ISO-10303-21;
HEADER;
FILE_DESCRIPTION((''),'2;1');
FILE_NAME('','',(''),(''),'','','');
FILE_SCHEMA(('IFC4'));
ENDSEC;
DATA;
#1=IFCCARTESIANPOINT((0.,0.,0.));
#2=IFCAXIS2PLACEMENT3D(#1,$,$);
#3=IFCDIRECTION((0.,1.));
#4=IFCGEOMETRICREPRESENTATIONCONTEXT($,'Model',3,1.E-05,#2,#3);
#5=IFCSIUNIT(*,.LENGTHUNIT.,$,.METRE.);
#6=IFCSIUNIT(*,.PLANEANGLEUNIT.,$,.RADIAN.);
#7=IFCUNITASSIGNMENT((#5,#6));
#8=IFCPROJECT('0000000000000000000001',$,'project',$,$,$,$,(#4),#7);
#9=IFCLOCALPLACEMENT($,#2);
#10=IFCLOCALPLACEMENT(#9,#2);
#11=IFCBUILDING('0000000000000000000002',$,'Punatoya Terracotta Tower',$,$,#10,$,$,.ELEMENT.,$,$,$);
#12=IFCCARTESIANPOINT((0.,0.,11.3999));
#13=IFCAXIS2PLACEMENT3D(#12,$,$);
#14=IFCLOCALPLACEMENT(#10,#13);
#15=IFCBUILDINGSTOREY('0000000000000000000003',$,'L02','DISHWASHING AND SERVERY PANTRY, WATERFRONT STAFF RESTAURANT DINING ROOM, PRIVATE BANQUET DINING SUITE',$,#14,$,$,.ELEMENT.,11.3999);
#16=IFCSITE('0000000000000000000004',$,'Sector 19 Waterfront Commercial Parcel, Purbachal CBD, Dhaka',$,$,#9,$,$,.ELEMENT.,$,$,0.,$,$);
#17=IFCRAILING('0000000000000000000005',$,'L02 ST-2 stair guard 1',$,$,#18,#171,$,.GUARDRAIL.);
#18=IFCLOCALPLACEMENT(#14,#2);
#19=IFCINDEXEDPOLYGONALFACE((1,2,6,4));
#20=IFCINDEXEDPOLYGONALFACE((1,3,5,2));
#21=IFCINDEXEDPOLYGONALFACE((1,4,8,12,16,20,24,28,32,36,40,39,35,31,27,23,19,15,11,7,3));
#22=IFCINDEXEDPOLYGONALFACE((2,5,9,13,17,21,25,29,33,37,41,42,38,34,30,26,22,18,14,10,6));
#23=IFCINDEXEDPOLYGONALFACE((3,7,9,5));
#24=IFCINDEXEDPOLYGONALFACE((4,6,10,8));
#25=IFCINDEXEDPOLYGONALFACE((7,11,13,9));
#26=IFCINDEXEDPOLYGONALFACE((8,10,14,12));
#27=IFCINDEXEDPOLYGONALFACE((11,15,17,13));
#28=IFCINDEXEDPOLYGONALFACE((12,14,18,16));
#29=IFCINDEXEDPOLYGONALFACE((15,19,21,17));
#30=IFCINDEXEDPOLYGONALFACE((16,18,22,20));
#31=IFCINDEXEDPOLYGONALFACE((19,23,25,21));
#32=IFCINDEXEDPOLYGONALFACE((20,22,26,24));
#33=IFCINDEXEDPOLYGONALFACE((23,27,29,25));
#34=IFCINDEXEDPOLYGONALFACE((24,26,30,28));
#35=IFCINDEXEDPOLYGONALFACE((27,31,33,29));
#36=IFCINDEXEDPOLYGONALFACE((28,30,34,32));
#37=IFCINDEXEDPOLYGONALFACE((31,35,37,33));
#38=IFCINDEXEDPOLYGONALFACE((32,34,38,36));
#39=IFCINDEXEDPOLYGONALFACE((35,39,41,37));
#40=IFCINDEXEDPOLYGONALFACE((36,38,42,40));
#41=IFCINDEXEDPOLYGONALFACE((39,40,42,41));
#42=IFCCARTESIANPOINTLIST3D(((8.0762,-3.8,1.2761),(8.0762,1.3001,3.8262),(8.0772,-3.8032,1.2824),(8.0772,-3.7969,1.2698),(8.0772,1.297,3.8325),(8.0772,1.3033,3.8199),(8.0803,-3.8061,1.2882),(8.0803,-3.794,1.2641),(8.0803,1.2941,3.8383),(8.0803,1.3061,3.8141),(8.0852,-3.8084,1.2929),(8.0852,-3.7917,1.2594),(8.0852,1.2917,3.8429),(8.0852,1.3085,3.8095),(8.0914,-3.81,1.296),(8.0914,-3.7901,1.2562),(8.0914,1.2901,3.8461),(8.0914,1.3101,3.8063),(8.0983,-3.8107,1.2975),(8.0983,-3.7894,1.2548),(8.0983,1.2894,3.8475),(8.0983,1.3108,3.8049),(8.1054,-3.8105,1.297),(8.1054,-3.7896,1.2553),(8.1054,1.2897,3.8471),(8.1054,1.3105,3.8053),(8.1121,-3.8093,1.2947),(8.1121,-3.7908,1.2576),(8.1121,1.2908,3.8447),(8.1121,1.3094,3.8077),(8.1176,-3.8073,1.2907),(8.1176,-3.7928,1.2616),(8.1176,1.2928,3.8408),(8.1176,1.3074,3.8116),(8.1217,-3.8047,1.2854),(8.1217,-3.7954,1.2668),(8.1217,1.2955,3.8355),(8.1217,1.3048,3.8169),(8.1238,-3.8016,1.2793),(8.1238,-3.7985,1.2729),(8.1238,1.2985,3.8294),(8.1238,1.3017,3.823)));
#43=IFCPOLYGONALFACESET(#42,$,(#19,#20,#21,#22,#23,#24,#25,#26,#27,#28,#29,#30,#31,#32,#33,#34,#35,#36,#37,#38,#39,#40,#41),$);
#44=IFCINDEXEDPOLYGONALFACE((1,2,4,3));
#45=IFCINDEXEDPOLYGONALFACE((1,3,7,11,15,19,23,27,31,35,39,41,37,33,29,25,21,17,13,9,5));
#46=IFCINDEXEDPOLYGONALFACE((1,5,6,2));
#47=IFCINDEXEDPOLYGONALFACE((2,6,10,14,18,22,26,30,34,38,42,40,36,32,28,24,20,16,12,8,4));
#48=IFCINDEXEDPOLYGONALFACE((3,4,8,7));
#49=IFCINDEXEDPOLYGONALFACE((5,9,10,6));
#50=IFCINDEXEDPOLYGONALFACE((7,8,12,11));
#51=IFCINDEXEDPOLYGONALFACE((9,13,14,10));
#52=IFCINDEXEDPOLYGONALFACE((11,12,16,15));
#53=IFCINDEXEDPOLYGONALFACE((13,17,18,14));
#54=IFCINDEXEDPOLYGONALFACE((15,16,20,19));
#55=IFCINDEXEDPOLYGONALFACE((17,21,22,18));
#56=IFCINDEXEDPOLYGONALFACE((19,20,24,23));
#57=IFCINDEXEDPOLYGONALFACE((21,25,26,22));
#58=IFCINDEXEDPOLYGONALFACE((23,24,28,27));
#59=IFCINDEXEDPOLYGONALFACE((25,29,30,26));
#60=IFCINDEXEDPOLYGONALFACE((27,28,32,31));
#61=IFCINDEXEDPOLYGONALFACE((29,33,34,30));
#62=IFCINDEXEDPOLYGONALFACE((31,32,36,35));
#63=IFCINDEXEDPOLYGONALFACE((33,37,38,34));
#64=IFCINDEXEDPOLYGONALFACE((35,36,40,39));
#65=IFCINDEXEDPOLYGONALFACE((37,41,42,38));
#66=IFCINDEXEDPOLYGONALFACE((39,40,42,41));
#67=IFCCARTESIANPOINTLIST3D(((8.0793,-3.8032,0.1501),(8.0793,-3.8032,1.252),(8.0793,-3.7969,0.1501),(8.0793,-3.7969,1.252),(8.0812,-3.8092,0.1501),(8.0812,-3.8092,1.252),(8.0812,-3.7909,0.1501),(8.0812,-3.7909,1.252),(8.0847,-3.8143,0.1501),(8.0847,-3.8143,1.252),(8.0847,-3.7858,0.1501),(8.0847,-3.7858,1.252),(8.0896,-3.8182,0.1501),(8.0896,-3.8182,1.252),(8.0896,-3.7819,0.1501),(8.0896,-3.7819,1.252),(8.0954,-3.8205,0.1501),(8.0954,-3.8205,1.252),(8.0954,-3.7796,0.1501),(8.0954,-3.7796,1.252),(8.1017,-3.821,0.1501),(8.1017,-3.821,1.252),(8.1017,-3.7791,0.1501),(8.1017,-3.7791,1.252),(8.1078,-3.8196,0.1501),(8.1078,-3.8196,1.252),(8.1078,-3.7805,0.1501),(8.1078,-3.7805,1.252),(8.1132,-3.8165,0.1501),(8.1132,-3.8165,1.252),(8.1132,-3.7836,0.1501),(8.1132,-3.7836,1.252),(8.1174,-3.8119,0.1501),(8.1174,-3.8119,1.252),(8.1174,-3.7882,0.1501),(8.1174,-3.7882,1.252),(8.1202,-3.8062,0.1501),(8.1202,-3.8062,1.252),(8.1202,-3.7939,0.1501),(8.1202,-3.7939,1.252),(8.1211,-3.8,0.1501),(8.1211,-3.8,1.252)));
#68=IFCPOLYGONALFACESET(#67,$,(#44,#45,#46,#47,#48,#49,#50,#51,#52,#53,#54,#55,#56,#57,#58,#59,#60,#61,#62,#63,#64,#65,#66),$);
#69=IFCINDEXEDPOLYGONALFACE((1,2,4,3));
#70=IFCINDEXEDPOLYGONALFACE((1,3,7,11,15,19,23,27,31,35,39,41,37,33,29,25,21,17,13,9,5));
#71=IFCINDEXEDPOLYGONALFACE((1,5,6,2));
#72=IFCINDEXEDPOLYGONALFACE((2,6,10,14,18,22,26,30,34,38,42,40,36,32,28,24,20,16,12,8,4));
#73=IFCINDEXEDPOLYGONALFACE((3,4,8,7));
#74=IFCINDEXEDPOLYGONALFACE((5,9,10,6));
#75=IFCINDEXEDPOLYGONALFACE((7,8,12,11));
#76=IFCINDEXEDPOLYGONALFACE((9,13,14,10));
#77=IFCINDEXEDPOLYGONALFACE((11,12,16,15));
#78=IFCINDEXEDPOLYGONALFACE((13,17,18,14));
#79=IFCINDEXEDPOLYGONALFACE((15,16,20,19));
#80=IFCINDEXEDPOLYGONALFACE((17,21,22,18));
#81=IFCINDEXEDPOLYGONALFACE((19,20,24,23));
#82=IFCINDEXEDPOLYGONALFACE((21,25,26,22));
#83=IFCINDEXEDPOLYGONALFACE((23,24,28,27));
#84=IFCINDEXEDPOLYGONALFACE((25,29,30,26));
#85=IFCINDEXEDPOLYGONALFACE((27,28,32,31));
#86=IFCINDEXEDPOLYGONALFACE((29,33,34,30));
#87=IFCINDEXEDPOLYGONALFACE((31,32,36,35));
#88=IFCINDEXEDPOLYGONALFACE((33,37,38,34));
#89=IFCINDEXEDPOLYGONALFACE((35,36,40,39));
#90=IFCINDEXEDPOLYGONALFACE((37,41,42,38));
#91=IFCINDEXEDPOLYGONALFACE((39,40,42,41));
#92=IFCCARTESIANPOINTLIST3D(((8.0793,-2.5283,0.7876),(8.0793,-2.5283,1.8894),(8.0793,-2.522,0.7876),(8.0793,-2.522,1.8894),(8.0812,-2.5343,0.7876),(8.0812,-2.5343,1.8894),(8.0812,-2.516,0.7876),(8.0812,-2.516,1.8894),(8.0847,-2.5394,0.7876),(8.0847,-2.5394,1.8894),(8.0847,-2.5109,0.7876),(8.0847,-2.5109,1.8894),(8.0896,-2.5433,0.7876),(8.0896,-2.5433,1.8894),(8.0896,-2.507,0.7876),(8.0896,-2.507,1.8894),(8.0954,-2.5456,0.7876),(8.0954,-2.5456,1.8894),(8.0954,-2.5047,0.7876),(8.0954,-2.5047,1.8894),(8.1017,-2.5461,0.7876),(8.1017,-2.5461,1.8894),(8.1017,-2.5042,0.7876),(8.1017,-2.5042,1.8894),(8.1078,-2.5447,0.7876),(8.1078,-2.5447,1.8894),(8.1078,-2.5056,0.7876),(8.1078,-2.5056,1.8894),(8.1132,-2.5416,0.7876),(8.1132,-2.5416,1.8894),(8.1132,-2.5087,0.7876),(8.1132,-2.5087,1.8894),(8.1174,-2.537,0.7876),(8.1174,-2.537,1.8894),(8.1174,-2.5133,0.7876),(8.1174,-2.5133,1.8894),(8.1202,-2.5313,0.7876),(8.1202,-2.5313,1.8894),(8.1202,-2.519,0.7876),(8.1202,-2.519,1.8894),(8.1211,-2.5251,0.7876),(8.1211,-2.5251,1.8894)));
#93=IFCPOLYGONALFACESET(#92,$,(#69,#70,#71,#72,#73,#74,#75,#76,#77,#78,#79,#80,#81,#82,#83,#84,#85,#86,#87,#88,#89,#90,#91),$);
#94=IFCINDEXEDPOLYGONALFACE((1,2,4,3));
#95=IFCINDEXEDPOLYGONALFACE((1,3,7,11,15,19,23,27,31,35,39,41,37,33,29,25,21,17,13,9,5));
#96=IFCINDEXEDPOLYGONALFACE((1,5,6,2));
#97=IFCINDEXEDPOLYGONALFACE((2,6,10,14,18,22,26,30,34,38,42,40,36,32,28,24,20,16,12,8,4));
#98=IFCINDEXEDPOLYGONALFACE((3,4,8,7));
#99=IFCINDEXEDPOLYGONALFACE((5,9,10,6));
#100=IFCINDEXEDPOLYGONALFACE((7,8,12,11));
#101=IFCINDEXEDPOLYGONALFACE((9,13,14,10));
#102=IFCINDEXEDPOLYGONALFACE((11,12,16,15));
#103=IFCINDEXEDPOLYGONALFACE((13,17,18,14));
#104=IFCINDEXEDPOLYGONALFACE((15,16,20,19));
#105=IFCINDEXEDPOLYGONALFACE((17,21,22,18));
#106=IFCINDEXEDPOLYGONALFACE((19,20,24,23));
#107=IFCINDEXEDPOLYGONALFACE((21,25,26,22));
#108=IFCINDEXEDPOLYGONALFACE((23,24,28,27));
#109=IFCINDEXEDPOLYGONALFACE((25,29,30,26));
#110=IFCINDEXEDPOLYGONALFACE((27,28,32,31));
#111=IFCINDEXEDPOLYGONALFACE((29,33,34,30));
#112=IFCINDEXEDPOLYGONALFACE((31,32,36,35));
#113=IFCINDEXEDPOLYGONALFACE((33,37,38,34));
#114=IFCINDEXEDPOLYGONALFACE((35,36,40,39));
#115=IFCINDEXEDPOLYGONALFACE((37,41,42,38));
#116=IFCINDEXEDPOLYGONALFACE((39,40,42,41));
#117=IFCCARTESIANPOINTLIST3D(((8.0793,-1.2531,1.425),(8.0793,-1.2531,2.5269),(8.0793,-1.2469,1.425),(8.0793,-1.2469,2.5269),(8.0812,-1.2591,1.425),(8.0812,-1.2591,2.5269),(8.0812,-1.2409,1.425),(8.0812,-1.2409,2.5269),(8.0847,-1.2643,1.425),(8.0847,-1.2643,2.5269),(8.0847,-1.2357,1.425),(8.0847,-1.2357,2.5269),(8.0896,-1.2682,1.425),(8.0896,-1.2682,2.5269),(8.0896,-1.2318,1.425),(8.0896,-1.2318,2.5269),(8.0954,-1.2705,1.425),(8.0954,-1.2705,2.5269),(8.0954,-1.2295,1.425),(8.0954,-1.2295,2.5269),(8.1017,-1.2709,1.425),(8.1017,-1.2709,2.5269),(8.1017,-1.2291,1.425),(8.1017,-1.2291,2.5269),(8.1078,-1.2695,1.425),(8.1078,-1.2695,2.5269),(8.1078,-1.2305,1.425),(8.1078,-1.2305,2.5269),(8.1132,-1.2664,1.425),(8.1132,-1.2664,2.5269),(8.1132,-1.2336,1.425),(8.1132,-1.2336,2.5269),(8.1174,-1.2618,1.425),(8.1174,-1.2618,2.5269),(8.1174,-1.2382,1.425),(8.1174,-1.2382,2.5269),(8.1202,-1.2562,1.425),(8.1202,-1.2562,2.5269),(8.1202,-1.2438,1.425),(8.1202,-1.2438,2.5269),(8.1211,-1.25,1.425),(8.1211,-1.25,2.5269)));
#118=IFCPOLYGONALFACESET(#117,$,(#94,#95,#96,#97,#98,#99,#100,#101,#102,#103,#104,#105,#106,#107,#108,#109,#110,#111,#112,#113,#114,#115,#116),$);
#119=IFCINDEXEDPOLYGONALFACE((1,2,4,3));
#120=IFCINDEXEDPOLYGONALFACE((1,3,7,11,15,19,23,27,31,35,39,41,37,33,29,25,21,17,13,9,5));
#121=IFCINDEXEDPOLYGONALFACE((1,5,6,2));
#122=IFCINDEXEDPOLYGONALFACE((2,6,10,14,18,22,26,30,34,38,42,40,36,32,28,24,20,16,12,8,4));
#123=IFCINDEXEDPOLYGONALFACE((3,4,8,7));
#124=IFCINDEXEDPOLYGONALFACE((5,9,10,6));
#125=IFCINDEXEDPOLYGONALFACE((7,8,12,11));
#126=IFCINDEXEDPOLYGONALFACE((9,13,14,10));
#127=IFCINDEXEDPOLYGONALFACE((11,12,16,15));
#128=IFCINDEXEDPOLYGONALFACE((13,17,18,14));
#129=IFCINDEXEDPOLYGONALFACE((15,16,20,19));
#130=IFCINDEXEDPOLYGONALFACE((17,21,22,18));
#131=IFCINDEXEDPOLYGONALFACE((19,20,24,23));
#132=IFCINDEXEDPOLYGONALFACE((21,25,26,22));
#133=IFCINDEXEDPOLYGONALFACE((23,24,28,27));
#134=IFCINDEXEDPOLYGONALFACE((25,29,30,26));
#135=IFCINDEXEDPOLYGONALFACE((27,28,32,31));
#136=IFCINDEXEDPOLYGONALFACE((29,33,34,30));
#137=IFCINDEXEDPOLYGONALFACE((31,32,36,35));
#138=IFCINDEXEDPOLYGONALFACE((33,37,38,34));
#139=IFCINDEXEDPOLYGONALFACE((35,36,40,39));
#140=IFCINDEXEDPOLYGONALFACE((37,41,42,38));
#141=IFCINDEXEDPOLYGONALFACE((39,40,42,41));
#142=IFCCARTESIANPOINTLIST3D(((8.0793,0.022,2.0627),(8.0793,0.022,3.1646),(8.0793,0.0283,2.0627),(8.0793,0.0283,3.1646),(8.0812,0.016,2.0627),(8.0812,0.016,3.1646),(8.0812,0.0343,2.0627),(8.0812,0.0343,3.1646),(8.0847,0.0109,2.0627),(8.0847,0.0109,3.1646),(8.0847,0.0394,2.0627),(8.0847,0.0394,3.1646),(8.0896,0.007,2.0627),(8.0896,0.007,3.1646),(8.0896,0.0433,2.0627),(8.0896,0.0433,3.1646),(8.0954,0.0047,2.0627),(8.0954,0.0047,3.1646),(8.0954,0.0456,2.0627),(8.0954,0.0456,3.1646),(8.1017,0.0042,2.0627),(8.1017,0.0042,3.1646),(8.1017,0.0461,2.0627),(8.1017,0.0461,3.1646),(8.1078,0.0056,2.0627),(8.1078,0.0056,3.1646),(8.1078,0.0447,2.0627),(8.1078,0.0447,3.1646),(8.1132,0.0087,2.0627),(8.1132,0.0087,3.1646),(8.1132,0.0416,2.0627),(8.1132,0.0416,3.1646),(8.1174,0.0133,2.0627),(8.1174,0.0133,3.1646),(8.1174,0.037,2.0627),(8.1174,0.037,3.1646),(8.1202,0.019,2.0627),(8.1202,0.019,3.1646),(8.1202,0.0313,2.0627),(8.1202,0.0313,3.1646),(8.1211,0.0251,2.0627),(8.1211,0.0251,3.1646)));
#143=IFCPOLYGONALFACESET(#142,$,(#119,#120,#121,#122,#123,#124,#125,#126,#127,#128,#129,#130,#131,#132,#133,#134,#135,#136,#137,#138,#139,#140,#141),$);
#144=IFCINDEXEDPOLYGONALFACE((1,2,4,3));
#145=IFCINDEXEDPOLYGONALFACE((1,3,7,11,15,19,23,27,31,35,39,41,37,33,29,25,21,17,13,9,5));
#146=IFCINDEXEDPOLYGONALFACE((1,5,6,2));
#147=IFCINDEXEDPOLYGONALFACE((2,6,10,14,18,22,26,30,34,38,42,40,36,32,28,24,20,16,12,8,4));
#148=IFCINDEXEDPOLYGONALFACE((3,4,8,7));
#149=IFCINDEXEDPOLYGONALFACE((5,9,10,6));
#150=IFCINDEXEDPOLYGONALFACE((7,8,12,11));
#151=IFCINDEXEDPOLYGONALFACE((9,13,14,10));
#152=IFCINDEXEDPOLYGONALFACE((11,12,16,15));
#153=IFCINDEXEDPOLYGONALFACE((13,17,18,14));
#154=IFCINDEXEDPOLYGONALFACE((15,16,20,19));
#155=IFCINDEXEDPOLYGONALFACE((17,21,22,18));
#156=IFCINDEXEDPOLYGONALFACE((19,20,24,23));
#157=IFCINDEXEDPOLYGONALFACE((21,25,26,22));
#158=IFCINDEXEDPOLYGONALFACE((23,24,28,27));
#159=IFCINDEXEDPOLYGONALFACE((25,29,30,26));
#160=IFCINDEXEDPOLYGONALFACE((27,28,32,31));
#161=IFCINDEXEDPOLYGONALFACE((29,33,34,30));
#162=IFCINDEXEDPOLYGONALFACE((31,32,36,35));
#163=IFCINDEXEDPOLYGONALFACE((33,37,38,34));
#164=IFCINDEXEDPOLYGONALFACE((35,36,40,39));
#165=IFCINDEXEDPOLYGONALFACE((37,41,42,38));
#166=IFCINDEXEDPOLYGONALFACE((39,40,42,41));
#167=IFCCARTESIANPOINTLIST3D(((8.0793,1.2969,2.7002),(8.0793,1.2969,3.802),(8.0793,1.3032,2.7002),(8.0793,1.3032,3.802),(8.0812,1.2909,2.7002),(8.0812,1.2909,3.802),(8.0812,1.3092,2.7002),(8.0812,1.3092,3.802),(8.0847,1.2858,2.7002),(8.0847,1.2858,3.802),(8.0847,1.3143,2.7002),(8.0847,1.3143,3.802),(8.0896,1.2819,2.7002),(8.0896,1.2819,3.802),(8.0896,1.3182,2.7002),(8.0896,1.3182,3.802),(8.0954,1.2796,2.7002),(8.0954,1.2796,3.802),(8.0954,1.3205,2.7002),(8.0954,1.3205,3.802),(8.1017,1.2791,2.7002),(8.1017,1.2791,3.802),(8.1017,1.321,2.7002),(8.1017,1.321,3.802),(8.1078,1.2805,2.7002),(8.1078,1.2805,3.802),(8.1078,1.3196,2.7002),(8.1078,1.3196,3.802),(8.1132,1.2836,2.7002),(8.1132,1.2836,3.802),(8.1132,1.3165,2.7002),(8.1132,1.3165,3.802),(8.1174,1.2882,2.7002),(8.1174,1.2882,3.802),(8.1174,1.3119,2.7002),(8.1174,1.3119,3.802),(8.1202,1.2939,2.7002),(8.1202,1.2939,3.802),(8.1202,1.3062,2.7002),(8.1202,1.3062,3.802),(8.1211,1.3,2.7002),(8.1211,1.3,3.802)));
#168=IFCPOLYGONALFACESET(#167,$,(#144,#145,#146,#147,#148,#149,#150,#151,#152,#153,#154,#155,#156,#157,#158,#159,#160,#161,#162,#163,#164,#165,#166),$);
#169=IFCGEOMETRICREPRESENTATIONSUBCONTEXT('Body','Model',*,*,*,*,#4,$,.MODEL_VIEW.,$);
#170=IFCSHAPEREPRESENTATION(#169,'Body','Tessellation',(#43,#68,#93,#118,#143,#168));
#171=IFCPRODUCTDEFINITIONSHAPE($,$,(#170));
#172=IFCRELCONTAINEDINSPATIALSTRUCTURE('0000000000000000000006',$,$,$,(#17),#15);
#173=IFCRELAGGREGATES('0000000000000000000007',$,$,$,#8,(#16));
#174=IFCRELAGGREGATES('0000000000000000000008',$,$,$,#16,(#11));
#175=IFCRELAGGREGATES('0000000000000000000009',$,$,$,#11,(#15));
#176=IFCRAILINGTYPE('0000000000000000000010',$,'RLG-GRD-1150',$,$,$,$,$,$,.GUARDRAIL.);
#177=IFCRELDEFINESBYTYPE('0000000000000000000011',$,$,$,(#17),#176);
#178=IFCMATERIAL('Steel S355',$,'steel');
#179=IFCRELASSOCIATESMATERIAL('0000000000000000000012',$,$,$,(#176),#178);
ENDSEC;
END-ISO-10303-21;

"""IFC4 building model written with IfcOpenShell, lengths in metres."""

from ifc_helpers import new_model, si_unit, direction, frame, origin, origin_2d, place, context, subcontext, project, spatial, circle, extrude, material, type_object, element, save


model = new_model("IFC4")

# Units and contexts
model_context = context("Model", 3, precision=1e-05, world=origin(), true_north=direction((0.0, 1.0)))
body_context = subcontext(model_context, "Body", "Model", "MODEL_VIEW")
ifc_project = project(units=[si_unit("LENGTHUNIT", "METRE"), si_unit("PLANEANGLEUNIT", "RADIAN")], contexts=[model_context])

# Site, building, storey
site_placement = place(None, origin())
site = spatial("IfcSite", under=ifc_project, at=site_placement, Name="Sector 19 Waterfront Commercial Parcel, Purbachal CBD, Dhaka", CompositionType="ELEMENT", RefElevation=0.0)
building_placement = place(site_placement, origin())
building = spatial("IfcBuilding", under=site, at=building_placement, Name="Punatoya Terracotta Tower", CompositionType="ELEMENT")
storey_placement = place(building_placement, frame((0.0, 0.0, 11.3999)))
storey = spatial("IfcBuildingStorey", under=building, at=storey_placement, Name="L02", Description="DISHWASHING AND SERVERY PANTRY, WATERFRONT STAFF RESTAURANT DINING ROOM, PRIVATE BANQUET DINING SUITE", CompositionType="ELEMENT", Elevation=11.3999)

# Railing
ifc_material_1 = material(Name="Steel S355", Category="steel")
railing_type = type_object("IfcRailingType", Name="RLG-GRD-1150", PredefinedType="GUARDRAIL", material=ifc_material_1)
railing_1_placement = place(storey_placement, frame((8.1001, -3.8, 0.1501)))
element("IfcRailing", 1, at=railing_1_placement, inside=storey, type_object=railing_type, Name="L02 ST-2 stair guard 1", PredefinedType="GUARDRAIL", context=body_context, shape_type="SweptSolid", body=[
    extrude(circle(Radius=0.0239, at=origin_2d()), frame((0.0, 0.0, 1.126), z_axis=(0.0, 0.894427, 0.447214), x_axis=(-1.0, 0.0, 0.0)), (0.0, 0.0, 1.0), 5.7021),
    extrude(circle(Radius=0.021, at=origin_2d()), origin(), (0.0, 0.0, 1.0), 1.1018),
    extrude(circle(Radius=0.021, at=origin_2d()), frame((0.0, 1.2749, 0.6375)), (0.0, 0.0, 1.0), 1.1018),
    extrude(circle(Radius=0.021, at=origin_2d()), frame((0.0, 2.55, 1.2749)), (0.0, 0.0, 1.0), 1.1018),
    extrude(circle(Radius=0.021, at=origin_2d()), frame((0.0, 3.8252, 1.9126)), (0.0, 0.0, 1.0), 1.1018),
    extrude(circle(Radius=0.021, at=origin_2d()), frame((0.0, 5.1001, 2.55)), (0.0, 0.0, 1.0), 1.1018),
])

save(model, "model.ifc")
